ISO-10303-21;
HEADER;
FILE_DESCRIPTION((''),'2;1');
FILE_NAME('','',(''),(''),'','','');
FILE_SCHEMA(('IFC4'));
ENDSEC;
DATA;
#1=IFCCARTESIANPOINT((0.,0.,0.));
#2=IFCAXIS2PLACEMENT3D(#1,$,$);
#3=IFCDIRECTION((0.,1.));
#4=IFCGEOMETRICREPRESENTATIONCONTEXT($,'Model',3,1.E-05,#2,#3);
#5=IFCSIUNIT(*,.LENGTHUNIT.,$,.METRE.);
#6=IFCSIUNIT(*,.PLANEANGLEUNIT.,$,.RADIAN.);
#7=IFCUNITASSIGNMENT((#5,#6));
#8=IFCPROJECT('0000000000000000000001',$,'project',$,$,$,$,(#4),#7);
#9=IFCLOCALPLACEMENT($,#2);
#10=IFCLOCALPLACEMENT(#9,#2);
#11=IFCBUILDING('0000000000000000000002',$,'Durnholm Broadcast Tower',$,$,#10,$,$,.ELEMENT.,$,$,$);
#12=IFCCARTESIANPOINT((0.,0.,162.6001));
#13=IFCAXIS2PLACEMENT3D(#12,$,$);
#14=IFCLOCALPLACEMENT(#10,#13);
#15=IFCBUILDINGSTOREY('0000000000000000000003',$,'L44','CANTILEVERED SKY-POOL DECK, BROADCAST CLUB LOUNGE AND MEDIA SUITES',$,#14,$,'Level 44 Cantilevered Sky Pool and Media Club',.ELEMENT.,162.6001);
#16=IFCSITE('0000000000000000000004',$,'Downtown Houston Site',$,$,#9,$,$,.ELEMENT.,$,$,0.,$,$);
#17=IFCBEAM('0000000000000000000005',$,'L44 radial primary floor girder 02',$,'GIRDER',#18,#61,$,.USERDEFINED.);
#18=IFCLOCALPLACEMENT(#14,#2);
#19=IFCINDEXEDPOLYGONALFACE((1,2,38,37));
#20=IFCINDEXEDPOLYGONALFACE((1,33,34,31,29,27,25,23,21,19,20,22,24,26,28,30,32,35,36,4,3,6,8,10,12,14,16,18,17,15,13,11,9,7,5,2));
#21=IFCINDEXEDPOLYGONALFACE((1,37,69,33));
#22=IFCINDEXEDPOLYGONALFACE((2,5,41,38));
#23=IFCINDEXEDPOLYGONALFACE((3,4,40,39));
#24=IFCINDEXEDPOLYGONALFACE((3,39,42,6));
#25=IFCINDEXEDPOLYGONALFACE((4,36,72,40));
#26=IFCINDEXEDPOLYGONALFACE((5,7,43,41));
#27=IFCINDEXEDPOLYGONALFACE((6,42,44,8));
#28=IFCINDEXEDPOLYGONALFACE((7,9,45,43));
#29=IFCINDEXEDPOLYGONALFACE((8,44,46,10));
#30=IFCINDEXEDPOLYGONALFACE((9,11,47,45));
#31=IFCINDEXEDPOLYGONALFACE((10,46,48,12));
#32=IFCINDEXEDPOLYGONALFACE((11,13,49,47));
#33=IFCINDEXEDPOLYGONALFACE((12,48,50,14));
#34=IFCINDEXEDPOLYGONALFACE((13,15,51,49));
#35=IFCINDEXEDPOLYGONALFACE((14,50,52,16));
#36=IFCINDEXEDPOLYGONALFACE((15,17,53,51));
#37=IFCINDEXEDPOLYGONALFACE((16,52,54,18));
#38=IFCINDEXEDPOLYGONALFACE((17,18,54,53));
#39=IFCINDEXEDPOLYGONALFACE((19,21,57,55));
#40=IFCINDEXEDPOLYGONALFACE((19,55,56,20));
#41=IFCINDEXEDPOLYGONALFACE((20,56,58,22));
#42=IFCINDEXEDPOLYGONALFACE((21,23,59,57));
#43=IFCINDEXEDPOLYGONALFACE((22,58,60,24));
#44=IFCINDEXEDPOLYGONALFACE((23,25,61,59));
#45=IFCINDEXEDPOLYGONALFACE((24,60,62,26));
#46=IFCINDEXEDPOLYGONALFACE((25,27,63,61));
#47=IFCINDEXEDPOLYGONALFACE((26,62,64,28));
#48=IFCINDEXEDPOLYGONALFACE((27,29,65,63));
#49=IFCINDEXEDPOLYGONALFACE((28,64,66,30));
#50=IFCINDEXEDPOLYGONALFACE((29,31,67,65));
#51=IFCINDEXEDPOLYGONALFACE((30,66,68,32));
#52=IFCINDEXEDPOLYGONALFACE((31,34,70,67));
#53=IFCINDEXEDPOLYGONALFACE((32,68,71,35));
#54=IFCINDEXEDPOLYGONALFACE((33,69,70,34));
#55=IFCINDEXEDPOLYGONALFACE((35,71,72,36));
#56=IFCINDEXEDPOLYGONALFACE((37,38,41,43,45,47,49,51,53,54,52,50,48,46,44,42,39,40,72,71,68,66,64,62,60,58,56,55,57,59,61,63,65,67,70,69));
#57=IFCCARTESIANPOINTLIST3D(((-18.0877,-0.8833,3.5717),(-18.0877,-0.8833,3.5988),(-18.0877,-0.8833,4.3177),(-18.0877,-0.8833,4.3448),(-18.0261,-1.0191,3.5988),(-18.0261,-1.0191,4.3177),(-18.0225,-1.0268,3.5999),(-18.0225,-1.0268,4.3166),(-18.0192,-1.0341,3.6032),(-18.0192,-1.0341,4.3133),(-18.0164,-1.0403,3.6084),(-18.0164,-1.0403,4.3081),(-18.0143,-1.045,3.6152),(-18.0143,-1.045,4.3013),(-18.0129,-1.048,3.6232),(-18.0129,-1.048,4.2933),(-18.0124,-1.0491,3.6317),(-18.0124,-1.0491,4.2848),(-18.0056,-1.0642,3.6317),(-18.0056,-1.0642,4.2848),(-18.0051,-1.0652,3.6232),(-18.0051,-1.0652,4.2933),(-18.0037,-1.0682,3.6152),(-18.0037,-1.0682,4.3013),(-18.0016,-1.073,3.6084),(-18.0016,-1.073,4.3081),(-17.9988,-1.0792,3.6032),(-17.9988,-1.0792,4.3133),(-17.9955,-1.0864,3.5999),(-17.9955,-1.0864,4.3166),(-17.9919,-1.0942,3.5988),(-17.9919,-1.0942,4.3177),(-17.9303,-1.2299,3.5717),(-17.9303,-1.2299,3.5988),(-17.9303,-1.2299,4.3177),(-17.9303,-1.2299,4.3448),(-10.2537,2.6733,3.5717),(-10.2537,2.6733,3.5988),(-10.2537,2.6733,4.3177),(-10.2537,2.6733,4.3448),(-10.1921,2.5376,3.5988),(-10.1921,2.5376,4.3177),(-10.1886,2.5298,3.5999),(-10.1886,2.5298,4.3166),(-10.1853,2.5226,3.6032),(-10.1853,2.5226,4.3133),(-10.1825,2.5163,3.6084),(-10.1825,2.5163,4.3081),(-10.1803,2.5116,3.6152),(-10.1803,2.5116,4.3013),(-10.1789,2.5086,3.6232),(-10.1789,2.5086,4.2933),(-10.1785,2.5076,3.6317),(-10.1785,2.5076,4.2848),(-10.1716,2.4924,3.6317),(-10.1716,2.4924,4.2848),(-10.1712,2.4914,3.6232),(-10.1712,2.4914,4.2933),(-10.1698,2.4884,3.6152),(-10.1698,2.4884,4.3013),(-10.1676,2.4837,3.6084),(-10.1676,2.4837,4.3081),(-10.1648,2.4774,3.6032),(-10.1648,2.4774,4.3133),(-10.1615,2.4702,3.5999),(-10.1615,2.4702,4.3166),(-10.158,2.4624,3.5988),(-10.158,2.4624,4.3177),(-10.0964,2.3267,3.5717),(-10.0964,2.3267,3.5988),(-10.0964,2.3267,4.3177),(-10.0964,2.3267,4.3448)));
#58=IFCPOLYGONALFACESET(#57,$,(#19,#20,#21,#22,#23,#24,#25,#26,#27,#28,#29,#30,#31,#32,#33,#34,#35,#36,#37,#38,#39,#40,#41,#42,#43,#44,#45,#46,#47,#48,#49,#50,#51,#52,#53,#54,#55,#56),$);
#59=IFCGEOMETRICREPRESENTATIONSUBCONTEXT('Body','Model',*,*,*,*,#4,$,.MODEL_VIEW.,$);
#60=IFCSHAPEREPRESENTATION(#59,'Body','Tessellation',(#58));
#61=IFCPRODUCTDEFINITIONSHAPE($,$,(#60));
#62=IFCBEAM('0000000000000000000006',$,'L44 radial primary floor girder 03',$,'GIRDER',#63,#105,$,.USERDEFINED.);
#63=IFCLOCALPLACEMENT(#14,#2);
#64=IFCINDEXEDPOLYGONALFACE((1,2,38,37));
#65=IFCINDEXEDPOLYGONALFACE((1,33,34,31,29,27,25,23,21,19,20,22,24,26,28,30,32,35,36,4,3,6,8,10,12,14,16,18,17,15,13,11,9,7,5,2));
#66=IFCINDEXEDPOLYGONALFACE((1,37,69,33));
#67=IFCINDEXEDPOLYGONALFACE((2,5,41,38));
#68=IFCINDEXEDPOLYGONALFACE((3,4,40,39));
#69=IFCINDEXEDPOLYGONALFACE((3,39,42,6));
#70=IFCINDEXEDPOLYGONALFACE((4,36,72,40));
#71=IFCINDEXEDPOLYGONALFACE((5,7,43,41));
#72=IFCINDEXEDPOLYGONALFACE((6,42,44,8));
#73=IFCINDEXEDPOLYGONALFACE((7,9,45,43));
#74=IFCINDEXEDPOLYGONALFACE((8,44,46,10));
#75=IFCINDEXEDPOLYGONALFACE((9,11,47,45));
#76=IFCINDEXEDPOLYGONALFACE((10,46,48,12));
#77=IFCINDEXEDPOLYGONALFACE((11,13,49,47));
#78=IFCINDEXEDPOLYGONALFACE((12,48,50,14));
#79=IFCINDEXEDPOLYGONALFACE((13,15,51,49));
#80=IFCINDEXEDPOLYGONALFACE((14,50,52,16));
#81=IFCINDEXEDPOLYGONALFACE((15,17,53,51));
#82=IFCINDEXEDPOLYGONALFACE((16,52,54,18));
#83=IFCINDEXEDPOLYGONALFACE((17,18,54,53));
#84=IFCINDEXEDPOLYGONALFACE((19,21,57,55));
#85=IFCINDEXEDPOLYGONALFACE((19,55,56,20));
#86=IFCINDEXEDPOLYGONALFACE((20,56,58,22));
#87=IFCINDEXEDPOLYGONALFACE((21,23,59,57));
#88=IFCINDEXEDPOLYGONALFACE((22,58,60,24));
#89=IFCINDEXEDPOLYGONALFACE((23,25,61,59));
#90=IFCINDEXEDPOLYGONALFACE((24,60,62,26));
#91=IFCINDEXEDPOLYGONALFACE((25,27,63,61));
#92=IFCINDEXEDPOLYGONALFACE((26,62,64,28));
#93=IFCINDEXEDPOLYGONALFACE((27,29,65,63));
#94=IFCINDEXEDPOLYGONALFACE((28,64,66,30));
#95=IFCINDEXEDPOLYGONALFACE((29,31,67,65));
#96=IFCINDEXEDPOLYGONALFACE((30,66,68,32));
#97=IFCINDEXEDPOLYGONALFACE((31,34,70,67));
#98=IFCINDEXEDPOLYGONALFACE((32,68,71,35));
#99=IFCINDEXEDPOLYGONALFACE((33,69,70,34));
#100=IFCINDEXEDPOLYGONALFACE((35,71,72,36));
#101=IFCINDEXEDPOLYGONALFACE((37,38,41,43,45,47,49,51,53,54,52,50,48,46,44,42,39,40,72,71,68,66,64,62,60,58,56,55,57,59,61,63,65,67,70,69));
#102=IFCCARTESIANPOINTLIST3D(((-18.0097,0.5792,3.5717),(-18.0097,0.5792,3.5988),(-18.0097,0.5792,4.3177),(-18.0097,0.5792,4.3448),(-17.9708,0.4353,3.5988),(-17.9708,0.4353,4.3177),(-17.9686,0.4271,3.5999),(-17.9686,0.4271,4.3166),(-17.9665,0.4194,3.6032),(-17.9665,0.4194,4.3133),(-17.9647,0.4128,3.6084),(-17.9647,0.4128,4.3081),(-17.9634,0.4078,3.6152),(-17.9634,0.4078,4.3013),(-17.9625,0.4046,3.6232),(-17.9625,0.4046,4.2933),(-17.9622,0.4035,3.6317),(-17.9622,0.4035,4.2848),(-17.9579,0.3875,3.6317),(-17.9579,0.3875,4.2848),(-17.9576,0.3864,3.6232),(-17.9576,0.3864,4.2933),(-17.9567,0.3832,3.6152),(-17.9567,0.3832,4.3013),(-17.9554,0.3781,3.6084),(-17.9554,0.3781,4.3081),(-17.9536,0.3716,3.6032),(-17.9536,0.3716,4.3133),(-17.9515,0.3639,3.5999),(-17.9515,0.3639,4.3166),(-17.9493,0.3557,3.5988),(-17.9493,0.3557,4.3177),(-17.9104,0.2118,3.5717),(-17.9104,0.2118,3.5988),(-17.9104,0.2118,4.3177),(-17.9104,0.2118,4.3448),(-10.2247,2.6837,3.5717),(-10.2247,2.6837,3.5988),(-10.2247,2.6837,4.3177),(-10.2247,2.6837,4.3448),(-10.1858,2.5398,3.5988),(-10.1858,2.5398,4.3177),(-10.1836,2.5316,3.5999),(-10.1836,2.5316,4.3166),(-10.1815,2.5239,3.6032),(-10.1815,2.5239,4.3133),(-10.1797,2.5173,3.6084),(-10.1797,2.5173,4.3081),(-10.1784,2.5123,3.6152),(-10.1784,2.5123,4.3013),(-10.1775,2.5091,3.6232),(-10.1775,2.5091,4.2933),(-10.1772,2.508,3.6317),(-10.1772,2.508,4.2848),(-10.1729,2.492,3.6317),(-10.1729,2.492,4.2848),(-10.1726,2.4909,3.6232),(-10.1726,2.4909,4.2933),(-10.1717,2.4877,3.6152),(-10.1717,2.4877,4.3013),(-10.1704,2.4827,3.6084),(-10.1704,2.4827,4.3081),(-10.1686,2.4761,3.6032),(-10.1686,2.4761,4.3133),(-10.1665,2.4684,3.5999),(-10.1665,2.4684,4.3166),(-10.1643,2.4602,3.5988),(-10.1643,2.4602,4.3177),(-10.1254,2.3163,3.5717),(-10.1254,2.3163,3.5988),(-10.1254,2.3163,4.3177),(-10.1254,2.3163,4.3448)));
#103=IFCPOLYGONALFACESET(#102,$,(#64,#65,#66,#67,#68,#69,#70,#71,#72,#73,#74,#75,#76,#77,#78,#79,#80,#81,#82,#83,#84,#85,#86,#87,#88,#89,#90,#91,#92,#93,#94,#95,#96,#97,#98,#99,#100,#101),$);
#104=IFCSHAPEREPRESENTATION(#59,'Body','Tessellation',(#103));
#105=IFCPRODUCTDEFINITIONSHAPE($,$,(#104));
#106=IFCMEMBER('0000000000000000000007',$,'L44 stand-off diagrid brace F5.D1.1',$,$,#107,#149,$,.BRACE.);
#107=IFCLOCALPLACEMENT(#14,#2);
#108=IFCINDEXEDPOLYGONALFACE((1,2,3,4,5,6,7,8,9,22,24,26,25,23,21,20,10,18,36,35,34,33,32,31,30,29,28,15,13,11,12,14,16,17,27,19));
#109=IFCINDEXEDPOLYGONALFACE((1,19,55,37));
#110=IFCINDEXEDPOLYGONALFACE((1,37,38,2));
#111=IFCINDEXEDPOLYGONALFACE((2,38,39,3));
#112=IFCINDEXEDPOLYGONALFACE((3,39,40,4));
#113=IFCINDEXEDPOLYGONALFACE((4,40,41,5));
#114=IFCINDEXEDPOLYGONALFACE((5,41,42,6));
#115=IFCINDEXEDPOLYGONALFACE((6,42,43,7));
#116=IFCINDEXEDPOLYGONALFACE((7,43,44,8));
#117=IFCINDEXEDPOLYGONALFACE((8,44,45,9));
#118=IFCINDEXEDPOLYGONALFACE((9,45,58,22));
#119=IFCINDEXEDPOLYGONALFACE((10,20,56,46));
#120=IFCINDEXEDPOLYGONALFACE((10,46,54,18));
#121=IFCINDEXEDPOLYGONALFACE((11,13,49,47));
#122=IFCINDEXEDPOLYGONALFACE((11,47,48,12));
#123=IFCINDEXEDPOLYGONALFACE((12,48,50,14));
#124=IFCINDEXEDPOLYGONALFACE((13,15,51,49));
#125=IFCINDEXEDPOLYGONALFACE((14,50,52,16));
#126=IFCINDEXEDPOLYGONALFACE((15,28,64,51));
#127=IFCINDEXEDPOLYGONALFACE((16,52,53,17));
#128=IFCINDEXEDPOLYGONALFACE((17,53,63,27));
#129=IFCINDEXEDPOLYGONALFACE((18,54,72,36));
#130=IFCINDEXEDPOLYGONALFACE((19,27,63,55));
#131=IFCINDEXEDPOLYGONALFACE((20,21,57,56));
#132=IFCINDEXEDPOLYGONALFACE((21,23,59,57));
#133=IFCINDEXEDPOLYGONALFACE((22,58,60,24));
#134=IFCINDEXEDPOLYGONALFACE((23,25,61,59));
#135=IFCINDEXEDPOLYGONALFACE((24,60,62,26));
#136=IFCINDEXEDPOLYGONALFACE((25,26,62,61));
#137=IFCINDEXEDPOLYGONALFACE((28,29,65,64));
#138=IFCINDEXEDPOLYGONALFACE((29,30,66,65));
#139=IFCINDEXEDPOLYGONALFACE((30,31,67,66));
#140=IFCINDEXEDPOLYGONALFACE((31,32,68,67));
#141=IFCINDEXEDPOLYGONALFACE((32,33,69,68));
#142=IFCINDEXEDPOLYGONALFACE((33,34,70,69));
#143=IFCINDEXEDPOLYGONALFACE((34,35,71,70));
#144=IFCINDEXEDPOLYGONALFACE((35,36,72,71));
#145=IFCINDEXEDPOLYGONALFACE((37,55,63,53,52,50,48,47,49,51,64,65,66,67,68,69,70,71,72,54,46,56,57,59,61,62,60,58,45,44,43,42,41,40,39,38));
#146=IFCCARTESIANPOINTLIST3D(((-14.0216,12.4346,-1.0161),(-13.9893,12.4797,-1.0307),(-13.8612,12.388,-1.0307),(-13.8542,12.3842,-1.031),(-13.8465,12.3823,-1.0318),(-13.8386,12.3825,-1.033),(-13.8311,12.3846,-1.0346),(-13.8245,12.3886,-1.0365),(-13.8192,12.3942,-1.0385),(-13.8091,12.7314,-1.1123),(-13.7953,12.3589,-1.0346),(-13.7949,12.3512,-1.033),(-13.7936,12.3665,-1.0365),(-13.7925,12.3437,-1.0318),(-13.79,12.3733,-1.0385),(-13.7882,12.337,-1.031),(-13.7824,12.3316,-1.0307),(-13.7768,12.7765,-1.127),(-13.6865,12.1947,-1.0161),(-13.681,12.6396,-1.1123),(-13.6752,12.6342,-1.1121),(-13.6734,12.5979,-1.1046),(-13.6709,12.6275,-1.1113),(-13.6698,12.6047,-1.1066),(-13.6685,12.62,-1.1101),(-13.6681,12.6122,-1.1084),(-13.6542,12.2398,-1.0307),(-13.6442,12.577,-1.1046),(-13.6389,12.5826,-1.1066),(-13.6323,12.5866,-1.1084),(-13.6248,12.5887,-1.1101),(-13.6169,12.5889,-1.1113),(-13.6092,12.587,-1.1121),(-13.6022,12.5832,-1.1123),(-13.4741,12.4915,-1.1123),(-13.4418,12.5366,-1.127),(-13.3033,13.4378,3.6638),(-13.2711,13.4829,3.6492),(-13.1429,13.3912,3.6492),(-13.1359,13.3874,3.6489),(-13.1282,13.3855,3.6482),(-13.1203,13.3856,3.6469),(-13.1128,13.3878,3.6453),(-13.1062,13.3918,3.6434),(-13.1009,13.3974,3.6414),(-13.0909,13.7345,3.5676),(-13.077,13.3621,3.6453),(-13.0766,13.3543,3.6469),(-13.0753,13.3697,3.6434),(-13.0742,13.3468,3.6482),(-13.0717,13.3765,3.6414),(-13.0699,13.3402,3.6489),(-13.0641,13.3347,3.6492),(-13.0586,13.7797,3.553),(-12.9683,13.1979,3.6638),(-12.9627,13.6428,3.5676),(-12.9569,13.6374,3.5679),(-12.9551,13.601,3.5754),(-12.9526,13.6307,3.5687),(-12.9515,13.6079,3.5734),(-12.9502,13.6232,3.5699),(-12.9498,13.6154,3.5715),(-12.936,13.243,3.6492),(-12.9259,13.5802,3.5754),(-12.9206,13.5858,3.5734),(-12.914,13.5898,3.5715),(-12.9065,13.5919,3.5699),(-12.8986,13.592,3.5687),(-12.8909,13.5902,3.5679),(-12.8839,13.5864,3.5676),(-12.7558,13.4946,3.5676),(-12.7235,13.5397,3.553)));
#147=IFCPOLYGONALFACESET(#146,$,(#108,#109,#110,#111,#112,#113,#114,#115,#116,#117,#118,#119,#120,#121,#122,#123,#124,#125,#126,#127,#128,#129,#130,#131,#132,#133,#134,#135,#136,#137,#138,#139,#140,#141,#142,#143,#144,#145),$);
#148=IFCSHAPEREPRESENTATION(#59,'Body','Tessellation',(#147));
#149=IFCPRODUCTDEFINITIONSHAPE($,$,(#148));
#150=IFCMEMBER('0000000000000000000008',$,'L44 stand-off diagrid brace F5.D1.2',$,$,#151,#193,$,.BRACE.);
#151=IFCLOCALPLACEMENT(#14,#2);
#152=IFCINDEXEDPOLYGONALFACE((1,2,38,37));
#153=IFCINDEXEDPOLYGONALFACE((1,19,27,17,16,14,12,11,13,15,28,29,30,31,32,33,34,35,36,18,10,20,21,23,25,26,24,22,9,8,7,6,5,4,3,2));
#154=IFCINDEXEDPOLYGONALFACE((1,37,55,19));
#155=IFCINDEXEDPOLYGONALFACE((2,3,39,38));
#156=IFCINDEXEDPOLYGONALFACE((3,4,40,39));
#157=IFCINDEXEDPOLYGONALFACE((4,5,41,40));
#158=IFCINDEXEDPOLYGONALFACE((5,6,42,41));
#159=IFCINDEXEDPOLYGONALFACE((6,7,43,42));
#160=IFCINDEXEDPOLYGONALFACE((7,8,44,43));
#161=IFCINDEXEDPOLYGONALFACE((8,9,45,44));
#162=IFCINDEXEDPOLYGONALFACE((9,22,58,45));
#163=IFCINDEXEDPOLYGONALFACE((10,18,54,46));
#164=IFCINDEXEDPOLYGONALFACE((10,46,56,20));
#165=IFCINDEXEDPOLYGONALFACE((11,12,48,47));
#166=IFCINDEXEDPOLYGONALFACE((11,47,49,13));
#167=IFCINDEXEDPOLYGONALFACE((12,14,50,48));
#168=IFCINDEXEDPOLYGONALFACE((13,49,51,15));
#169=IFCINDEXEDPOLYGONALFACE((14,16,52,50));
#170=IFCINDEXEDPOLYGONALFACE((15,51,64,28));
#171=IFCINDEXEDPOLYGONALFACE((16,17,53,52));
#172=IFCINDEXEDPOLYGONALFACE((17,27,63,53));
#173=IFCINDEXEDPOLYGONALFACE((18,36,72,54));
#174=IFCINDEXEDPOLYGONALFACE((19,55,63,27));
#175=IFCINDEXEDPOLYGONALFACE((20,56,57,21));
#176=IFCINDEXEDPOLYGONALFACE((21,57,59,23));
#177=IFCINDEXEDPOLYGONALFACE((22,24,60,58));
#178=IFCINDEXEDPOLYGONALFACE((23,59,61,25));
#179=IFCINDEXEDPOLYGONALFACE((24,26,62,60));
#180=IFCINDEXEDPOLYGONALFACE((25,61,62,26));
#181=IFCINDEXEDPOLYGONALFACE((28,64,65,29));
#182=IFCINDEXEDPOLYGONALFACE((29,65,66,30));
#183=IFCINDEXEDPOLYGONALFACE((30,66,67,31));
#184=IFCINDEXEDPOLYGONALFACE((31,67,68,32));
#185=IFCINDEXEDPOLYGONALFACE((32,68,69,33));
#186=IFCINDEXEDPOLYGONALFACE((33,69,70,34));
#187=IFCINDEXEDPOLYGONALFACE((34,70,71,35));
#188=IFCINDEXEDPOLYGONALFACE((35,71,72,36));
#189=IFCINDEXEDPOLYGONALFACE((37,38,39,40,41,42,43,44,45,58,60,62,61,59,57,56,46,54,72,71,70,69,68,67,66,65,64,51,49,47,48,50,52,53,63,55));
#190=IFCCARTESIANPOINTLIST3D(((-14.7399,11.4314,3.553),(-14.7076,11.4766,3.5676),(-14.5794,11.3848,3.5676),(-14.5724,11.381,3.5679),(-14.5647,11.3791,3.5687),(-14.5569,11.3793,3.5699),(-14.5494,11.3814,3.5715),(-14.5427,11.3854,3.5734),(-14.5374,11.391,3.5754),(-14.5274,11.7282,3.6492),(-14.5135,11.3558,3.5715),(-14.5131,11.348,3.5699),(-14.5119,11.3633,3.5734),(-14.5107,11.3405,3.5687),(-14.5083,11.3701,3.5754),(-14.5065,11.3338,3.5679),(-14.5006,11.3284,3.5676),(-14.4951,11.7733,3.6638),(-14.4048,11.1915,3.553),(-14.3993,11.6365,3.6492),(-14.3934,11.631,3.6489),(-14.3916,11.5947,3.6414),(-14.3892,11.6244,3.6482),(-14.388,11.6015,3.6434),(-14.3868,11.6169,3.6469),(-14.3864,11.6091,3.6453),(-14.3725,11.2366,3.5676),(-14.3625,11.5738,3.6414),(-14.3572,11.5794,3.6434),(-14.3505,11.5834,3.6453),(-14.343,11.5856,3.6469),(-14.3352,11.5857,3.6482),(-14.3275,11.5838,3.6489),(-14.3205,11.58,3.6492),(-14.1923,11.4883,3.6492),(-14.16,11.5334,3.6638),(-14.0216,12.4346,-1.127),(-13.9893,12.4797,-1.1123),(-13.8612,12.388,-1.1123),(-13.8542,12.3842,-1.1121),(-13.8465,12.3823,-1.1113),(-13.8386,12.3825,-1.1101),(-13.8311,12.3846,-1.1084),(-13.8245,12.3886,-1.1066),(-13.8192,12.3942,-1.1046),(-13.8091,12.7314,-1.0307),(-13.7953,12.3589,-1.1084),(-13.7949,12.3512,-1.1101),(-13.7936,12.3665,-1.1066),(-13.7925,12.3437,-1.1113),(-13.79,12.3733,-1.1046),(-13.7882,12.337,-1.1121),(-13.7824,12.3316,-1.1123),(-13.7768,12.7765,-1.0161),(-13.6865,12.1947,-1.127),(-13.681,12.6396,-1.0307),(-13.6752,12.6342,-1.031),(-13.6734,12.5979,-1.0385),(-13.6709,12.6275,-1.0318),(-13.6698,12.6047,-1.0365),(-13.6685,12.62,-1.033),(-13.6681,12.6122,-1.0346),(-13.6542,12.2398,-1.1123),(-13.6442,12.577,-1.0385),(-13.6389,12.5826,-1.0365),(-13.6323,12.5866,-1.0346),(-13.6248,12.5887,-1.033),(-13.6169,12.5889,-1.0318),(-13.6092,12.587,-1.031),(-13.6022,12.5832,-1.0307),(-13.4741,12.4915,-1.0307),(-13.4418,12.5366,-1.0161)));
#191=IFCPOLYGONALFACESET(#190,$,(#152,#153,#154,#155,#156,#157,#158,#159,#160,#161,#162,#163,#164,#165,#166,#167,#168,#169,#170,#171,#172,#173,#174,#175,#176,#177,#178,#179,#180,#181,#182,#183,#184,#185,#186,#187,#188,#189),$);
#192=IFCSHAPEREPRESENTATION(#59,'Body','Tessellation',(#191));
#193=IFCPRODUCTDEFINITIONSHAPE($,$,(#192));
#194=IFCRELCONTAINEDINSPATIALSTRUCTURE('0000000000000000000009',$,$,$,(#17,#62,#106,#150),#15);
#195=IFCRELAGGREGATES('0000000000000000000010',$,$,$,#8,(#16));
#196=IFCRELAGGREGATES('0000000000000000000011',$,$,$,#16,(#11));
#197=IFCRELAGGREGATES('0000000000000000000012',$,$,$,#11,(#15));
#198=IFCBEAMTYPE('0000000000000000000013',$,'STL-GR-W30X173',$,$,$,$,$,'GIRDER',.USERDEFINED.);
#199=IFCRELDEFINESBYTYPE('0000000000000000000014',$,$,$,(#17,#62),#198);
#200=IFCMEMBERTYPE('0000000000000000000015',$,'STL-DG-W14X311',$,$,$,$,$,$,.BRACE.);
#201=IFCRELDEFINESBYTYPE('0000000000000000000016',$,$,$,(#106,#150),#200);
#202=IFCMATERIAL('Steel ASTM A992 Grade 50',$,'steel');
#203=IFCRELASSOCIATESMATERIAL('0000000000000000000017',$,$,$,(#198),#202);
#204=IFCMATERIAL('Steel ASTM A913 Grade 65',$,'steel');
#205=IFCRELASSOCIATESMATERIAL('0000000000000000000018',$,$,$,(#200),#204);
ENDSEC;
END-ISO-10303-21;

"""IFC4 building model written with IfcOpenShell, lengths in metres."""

from ifc_helpers import new_model, si_unit, direction, frame, origin, origin_2d, place, context, subcontext, project, spatial, i_section, extrude, source, transform, mapped, material, material_profile, profile_set, type_object, type_shapes, element, save


model = new_model("IFC4")

# Units and contexts
model_context = context("Model", 3, precision=1e-05, world=origin(), true_north=direction((0.0, 1.0)))
body_context = subcontext(model_context, "Body", "Model", "MODEL_VIEW")
ifc_project = project(units=[si_unit("LENGTHUNIT", "METRE"), si_unit("PLANEANGLEUNIT", "RADIAN")], contexts=[model_context])

# Site, building, storey
site_placement = place(None, origin())
site = spatial("IfcSite", under=ifc_project, at=site_placement, Name="Downtown Houston Site", CompositionType="ELEMENT", RefElevation=0.0)
building_placement = place(site_placement, origin())
building = spatial("IfcBuilding", under=site, at=building_placement, Name="Durnholm Broadcast Tower", CompositionType="ELEMENT")
storey_placement = place(building_placement, frame((0.0, 0.0, 162.6001)))
storey = spatial("IfcBuildingStorey", under=building, at=storey_placement, Name="L44", Description="CANTILEVERED SKY-POOL DECK, BROADCAST CLUB LOUNGE AND MEDIA SUITES", LongName="Level 44 Cantilevered Sky Pool and Media Club", CompositionType="ELEMENT", Elevation=162.6001)

# Beams
ifc_material_1 = material(Name="Steel ASTM A992 Grade 50", Category="steel")
ifc_material_profile_1 = material_profile(ifc_material_1, i_section(OverallWidth=0.3806, OverallDepth=0.7732, WebThickness=0.0166, FlangeThickness=0.0271, FilletRadius=0.033, at=origin_2d()), Name="W30X173")
ifc_profile_set_1 = profile_set([ifc_material_profile_1], Name="Steel ASTM A992 Grade 50")
beam_type_1 = type_object("IfcBeamType", Name="STL-GR-W30X173", ElementType="GIRDER", PredefinedType="USERDEFINED", material=ifc_profile_set_1)
shared_shape_1 = source(origin(), body_context, "Body", "SweptSolid", [
    extrude(i_section(OverallWidth=0.3806, OverallDepth=0.7732, WebThickness=0.0166, FlangeThickness=0.0271, FilletRadius=0.033, at=origin_2d()), origin(), (0.0, 0.0, 1.0), 8.6035),
])
beam_1_placement = place(storey_placement, frame((-10.175, 2.5, 3.9583), z_axis=(-0.910553, -0.413392, 0.0), x_axis=(0.413392, -0.910553, 0.0)))
element("IfcBeam", 1, at=beam_1_placement, inside=storey, type_object=beam_type_1, Name="L44 radial primary floor girder 02", ObjectType="GIRDER", PredefinedType="USERDEFINED", context=body_context, shape_type="MappedRepresentation", body=[
    mapped(shared_shape_1, transform((0.0, 0.0, 0.0), x_axis=(1.0, 0.0, 0.0), y_axis=(0.0, 1.0, 0.0), z_axis=(0.0, 0.0, 1.0), scale=1.0)),
])
shared_shape_2 = source(origin(), body_context, "Body", "SweptSolid", [
    extrude(i_section(OverallWidth=0.3806, OverallDepth=0.7732, WebThickness=0.0166, FlangeThickness=0.0271, FilletRadius=0.033, at=origin_2d()), origin(), (0.0, 0.0, 1.0), 8.0645),
])
type_shapes(beam_type_1, [shared_shape_1, shared_shape_2])
beam_2_placement = place(storey_placement, frame((-10.175, 2.5, 3.9583), z_axis=(-0.965349, -0.260962, 0.0), x_axis=(0.260962, -0.965349, 0.0)))
element("IfcBeam", 2, at=beam_2_placement, inside=storey, type_object=beam_type_1, Name="L44 radial primary floor girder 03", ObjectType="GIRDER", PredefinedType="USERDEFINED", context=body_context, shape_type="MappedRepresentation", body=[
    mapped(shared_shape_2, transform((0.0, 0.0, 0.0), x_axis=(1.0, 0.0, 0.0), y_axis=(0.0, 1.0, 0.0), z_axis=(0.0, 0.0, 1.0), scale=1.0)),
])

# Members
ifc_material_2 = material(Name="Steel ASTM A913 Grade 65", Category="steel")
ifc_material_profile_2 = material_profile(ifc_material_2, i_section(OverallWidth=0.4121, OverallDepth=0.4348, WebThickness=0.0359, FlangeThickness=0.0574, FilletRadius=0.0305, at=origin_2d()), Name="W14X311")
ifc_profile_set_2 = profile_set([ifc_material_profile_2], Name="Steel ASTM A913 Grade 65")
member_type_1 = type_object("IfcMemberType", Name="STL-DG-W14X311", PredefinedType="BRACE", material=ifc_profile_set_2)
shared_shape_3 = source(origin(), body_context, "Body", "SweptSolid", [
    extrude(i_section(OverallWidth=0.4121, OverallDepth=0.4348, WebThickness=0.0359, FlangeThickness=0.0574, FilletRadius=0.0305, at=origin_2d()), origin(), (0.0, 0.0, 1.0), 4.8398),
])
type_shapes(member_type_1, [shared_shape_3])
for number, where, z_axis, x_axis, name in (
    (3, (-13.7317, 12.4856, -1.0715), (0.148406, 0.207274, 0.966961), (-0.813078, 0.582155, 0.0), "L44 stand-off diagrid brace F5.D1.1"),
    (4, (-13.7317, 12.4856, -1.0715), (-0.148406, -0.207274, 0.966961), (0.813078, -0.582155, 0.0), "L44 stand-off diagrid brace F5.D1.2"),
):
    element("IfcMember", number, at=place(storey_placement, frame(where, z_axis=z_axis, x_axis=x_axis)), inside=storey, type_object=member_type_1, Name=name, PredefinedType="BRACE", context=body_context, shape_type="MappedRepresentation", body=[
        mapped(shared_shape_3, transform((0.0, 0.0, 0.0), x_axis=(1.0, 0.0, 0.0), y_axis=(0.0, 1.0, 0.0), z_axis=(0.0, 0.0, 1.0), scale=1.0)),
    ])

save(model, "model.ifc")
